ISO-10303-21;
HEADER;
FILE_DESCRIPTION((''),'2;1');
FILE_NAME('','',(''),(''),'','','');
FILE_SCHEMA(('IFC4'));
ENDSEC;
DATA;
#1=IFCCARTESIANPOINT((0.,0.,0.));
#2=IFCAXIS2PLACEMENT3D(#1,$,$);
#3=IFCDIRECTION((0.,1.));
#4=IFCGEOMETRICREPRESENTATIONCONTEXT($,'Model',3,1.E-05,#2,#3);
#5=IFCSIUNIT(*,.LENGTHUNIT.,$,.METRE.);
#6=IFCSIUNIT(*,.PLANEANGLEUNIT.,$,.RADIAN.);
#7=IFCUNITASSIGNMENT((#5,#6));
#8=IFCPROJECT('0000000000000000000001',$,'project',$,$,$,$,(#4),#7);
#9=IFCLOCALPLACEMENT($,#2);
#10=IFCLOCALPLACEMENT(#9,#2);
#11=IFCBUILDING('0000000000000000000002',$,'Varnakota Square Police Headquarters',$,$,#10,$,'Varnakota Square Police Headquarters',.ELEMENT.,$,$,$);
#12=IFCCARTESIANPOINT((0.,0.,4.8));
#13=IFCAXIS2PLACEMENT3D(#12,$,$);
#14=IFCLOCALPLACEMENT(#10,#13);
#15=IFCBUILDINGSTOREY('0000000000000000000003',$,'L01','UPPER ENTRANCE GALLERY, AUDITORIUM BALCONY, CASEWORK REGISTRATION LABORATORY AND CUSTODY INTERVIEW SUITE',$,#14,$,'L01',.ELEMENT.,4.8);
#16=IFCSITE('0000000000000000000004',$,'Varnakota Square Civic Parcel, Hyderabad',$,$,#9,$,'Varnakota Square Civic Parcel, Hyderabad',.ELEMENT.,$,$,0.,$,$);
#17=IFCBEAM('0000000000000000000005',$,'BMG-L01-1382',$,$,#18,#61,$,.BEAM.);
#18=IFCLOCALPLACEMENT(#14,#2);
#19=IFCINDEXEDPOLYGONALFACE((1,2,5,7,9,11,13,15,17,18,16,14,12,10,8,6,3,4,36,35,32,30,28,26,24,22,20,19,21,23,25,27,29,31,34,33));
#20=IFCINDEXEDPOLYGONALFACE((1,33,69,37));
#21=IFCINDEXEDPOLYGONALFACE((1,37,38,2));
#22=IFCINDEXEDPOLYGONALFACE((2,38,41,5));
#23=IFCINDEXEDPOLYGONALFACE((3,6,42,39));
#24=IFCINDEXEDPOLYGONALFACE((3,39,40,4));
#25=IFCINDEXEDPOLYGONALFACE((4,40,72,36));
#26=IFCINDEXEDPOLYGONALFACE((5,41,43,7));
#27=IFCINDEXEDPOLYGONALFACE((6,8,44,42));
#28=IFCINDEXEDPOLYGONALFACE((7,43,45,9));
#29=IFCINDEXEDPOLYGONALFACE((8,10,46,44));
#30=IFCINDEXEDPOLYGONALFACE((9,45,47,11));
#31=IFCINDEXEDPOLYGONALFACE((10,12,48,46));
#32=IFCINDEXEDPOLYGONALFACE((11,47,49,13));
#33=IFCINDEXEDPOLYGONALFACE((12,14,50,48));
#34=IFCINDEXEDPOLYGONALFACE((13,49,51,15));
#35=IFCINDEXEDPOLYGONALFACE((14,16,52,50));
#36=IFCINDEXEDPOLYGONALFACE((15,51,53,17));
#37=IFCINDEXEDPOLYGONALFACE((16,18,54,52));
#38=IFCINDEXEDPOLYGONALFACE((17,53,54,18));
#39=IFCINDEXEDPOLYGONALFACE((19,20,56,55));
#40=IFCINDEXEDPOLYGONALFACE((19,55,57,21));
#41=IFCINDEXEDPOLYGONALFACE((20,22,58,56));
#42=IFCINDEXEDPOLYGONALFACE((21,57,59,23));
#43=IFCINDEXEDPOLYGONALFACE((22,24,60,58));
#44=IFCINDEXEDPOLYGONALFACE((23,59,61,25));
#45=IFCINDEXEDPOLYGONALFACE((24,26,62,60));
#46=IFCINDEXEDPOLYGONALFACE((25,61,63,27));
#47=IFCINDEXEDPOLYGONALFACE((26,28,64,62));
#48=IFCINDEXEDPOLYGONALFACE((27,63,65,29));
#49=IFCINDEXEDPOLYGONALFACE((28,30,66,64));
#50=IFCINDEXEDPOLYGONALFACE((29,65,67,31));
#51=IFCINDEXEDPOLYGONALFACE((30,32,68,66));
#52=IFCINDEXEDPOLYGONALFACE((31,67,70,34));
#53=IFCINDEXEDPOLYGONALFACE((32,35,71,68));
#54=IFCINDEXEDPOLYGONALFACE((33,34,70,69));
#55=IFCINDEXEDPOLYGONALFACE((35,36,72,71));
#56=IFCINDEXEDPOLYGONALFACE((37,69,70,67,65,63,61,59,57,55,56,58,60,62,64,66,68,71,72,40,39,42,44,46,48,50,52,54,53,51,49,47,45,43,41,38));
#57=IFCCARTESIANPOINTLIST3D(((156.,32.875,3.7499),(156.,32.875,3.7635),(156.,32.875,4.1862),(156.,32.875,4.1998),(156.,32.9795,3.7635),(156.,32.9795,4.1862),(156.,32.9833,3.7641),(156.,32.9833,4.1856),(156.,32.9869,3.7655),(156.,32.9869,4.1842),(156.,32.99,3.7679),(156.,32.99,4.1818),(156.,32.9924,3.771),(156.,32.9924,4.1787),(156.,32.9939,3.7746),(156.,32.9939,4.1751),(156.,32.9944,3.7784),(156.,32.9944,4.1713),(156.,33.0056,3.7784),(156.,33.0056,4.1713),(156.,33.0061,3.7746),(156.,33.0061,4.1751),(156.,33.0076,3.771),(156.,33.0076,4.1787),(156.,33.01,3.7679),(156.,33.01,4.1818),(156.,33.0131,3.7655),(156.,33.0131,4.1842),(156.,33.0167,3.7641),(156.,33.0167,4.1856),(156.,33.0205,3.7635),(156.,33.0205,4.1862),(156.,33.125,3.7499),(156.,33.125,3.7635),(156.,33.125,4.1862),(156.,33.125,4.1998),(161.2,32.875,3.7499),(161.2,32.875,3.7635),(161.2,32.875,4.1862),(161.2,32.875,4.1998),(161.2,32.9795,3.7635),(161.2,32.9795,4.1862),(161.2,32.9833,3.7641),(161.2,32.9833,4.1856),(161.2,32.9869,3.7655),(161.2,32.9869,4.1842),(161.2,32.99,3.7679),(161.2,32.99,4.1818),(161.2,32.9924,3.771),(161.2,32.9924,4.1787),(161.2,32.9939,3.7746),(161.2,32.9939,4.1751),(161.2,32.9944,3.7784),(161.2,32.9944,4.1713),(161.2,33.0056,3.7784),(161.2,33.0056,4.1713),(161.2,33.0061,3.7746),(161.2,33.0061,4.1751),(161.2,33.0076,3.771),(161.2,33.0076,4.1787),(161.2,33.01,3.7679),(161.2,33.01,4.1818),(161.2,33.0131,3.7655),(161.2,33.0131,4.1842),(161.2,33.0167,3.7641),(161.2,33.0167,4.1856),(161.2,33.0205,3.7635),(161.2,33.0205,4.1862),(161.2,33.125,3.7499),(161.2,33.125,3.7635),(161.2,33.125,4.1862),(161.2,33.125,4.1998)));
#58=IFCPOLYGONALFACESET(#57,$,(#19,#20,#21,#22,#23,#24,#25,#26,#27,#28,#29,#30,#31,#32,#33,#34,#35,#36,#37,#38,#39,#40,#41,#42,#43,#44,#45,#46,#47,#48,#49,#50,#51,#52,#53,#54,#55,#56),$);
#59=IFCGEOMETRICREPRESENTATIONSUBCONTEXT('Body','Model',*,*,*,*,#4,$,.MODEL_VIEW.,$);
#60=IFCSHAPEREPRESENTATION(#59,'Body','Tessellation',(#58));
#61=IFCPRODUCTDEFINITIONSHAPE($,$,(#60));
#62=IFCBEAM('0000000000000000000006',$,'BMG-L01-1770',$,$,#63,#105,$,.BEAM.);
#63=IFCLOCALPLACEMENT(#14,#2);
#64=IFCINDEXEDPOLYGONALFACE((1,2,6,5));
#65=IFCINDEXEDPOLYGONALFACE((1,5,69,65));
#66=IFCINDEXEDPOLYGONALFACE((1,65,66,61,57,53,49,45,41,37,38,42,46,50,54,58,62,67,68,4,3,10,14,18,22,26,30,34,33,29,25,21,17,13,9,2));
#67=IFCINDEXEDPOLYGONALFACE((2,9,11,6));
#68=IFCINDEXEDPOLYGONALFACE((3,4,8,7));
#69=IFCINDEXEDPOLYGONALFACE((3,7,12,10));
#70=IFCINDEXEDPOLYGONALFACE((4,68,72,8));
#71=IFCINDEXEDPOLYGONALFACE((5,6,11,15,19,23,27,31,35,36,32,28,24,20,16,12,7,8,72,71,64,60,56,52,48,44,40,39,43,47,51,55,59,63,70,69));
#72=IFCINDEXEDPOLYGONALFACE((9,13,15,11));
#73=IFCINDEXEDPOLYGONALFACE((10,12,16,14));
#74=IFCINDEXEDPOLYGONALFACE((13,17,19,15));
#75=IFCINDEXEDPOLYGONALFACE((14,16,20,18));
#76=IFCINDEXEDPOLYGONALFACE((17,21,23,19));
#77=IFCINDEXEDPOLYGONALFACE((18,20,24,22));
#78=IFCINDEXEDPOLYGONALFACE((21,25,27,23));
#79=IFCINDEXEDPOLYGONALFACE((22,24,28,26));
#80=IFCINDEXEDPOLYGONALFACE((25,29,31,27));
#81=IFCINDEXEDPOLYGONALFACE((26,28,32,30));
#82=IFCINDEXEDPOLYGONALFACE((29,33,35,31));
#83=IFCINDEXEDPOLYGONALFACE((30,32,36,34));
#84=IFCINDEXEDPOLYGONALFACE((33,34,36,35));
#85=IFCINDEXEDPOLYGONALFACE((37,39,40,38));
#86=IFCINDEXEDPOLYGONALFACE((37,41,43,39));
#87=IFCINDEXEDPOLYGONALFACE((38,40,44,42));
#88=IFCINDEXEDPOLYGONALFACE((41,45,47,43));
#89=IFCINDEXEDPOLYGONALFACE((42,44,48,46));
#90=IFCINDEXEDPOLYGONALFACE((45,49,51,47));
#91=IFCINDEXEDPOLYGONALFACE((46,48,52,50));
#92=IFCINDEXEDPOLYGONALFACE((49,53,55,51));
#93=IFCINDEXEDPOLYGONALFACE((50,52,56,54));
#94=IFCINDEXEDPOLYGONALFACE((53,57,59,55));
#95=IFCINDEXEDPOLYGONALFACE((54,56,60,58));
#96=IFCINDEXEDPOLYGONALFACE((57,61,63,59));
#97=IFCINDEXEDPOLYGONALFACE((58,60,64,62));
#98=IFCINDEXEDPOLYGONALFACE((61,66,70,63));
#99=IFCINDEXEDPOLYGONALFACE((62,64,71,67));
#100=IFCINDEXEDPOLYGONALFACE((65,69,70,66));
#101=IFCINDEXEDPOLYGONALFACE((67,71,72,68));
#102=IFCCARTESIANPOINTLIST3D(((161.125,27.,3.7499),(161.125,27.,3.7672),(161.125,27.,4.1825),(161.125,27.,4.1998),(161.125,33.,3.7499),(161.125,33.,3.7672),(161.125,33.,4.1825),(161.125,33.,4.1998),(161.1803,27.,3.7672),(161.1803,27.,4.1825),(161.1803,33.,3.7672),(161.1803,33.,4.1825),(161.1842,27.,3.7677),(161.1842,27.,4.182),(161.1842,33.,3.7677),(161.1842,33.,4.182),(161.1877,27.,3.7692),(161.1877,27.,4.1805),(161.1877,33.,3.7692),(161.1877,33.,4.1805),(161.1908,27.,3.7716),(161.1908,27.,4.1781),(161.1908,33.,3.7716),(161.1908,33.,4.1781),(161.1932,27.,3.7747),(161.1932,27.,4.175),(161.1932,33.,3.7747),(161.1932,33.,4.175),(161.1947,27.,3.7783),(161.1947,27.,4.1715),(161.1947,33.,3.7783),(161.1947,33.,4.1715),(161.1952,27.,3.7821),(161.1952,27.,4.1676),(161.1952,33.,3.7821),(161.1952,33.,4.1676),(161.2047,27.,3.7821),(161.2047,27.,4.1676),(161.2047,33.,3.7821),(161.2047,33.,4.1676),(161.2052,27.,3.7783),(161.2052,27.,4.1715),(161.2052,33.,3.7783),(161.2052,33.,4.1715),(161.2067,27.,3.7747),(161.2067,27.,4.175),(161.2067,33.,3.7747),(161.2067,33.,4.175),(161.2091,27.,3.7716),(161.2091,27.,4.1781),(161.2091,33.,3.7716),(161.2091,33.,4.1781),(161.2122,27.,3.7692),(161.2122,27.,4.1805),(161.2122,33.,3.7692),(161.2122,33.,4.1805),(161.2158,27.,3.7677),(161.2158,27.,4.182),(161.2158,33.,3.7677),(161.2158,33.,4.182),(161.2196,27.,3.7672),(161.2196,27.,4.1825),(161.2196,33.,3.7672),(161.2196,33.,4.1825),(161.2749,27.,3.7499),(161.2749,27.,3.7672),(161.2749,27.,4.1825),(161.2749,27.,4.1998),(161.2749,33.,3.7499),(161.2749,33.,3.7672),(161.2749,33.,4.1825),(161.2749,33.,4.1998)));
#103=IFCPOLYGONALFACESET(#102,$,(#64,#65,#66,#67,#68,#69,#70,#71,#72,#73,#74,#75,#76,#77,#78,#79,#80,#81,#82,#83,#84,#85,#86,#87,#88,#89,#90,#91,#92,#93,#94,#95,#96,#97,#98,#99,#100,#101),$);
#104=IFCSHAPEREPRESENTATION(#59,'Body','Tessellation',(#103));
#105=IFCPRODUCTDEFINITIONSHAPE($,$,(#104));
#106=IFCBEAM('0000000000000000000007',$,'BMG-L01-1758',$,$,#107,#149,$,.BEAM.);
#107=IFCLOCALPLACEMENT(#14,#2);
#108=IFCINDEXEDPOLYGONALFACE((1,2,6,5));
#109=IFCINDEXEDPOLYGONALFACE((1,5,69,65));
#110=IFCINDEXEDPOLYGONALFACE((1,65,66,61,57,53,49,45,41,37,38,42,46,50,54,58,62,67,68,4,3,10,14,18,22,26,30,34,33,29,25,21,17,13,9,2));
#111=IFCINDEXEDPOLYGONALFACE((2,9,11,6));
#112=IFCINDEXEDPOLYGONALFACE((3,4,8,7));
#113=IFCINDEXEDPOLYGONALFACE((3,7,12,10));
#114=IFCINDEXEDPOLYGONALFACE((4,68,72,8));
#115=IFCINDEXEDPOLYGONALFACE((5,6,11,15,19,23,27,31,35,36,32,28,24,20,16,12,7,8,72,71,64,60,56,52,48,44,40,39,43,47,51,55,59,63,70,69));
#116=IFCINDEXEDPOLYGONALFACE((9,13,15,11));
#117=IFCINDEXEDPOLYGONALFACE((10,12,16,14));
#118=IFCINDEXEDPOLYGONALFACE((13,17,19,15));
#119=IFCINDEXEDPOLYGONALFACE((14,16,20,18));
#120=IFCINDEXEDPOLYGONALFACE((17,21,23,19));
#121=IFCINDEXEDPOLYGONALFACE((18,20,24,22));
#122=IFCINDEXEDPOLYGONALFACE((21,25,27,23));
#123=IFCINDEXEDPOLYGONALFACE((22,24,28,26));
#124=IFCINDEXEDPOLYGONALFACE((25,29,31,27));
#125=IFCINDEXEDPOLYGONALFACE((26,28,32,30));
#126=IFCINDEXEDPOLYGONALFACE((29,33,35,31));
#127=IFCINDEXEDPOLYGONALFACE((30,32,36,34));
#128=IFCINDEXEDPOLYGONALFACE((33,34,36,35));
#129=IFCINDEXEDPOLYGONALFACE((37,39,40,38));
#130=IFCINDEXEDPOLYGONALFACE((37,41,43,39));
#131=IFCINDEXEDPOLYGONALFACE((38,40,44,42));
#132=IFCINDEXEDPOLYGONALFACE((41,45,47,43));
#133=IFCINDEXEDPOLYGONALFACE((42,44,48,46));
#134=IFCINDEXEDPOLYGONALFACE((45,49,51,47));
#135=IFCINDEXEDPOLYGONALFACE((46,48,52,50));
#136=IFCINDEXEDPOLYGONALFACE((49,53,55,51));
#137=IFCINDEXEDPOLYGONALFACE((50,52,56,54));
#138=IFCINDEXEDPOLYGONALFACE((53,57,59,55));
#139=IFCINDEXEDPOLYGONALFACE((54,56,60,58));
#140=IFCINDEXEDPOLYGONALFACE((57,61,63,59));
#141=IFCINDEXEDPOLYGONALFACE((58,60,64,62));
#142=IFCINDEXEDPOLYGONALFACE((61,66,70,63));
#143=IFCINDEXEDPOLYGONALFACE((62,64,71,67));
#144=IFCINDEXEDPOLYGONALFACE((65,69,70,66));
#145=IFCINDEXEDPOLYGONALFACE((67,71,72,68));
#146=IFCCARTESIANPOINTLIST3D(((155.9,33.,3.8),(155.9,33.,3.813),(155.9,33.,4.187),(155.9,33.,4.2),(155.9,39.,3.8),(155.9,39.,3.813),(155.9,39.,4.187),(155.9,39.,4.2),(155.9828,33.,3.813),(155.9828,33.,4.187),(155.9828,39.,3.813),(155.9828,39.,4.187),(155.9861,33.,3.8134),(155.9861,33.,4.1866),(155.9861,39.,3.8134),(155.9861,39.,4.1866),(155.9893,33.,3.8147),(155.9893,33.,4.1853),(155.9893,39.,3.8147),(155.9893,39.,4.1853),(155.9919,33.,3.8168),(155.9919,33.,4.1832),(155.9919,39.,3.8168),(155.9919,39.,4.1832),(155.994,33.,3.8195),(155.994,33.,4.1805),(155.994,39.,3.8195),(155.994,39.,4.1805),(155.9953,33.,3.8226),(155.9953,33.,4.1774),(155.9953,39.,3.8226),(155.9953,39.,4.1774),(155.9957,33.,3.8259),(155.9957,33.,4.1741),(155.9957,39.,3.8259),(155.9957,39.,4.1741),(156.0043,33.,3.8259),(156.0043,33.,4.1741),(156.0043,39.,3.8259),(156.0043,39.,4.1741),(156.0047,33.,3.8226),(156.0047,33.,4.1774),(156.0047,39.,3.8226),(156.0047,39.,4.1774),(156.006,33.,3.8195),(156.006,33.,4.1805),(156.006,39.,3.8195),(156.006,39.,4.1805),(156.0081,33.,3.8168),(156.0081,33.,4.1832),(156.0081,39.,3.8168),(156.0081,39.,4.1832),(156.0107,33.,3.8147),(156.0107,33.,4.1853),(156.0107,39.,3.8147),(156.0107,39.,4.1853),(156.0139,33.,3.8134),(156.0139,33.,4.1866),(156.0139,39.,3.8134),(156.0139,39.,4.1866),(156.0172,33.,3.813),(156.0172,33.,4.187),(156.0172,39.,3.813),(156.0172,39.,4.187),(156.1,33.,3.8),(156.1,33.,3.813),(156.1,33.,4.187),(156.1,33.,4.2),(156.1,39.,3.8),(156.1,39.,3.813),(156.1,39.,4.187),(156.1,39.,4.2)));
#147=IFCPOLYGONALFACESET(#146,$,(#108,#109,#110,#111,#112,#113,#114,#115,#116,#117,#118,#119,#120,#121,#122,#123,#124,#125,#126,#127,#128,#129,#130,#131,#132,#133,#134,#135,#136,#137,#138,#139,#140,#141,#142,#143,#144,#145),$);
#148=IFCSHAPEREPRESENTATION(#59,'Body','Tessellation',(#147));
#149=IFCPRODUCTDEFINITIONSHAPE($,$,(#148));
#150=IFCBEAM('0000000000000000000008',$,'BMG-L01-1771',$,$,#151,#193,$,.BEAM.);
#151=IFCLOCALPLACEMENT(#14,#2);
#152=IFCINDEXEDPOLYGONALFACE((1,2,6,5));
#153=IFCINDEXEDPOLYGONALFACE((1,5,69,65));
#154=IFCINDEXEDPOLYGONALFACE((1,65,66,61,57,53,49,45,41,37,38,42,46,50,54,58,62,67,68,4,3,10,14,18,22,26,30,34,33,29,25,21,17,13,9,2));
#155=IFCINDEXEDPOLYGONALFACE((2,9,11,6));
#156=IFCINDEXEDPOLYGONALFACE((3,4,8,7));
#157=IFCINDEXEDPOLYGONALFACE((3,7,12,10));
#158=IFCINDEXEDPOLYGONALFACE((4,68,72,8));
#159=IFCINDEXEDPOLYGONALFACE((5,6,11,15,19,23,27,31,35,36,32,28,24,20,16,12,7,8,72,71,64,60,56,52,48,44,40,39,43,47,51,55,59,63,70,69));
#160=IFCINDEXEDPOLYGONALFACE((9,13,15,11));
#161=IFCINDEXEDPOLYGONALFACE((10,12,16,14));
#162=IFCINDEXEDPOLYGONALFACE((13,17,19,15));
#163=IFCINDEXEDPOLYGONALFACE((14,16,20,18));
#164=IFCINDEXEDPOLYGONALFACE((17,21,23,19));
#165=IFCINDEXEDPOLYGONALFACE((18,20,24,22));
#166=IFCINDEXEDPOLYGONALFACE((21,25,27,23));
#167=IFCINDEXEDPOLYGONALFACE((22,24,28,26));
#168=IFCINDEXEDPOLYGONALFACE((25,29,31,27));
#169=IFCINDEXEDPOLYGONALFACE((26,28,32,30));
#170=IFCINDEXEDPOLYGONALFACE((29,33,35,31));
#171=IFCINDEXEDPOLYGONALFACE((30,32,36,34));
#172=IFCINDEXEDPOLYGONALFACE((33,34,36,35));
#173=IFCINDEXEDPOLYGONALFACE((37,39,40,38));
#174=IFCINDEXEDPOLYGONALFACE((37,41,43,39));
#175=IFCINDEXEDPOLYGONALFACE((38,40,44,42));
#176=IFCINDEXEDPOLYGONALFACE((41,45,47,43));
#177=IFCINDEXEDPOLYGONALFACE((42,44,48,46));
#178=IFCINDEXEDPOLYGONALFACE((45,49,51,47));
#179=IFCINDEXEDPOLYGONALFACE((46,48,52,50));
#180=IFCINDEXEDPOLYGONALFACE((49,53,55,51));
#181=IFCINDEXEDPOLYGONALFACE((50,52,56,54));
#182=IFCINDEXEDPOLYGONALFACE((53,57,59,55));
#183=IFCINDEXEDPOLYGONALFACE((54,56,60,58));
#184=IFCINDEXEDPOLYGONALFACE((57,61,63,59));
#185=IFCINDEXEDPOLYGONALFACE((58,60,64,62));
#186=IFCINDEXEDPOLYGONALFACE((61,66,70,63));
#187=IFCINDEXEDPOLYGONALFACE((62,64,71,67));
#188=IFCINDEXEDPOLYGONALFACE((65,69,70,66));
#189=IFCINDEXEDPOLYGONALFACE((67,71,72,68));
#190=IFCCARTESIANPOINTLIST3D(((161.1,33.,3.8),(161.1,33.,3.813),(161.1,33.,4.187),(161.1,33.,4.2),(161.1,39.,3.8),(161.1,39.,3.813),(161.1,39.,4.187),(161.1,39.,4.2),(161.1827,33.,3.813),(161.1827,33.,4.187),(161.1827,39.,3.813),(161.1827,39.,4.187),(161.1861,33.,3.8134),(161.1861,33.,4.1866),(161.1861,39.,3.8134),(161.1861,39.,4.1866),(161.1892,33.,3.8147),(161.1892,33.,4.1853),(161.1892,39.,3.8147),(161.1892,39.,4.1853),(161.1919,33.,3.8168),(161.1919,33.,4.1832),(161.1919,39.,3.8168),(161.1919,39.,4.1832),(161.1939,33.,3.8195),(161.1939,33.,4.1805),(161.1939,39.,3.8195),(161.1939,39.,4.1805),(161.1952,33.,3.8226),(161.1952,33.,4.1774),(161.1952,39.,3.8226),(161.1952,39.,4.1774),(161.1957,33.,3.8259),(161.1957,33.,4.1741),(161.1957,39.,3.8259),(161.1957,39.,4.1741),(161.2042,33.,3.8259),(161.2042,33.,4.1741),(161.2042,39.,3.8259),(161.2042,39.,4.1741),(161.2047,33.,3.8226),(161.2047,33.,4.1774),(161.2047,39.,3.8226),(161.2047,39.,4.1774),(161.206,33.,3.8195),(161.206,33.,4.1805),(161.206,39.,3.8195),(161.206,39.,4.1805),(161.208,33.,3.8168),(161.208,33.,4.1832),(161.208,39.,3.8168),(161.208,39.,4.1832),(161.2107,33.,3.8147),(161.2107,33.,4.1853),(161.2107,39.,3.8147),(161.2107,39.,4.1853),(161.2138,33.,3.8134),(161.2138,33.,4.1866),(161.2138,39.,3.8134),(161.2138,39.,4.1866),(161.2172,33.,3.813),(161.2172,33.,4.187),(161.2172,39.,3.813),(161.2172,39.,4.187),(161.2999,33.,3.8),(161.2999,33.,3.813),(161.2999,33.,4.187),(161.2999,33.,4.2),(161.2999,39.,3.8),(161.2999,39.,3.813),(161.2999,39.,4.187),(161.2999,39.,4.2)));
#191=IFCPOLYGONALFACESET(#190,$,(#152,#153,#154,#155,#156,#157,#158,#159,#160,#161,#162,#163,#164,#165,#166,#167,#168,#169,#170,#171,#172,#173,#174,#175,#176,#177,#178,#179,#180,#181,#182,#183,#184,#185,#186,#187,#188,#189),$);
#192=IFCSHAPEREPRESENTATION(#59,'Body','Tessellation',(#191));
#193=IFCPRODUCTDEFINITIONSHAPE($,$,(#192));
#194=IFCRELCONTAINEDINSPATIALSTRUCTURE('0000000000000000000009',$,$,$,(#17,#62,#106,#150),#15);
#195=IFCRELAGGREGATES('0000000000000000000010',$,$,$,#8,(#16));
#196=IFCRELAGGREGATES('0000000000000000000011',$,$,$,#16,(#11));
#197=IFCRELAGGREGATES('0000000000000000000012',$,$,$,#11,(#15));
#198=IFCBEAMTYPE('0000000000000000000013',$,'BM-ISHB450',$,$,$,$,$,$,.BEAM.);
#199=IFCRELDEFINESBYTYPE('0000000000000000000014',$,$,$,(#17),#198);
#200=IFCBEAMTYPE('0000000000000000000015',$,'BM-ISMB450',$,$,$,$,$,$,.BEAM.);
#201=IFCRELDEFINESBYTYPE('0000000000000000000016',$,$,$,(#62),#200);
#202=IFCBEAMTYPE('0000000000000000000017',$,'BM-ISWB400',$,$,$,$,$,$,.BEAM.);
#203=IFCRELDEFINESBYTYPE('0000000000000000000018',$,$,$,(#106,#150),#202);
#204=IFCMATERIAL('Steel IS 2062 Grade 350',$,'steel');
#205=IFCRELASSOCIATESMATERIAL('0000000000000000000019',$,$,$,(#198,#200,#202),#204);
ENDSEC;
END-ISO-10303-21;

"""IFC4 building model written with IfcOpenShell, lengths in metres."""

from ifc_helpers import new_model, si_unit, direction, frame, origin, origin_2d, place, context, subcontext, project, spatial, i_section, extrude, material, material_profile, profile_set, type_object, element, save


model = new_model("IFC4")

# Units and contexts
model_context = context("Model", 3, precision=1e-05, world=origin(), true_north=direction((0.0, 1.0)))
body_context = subcontext(model_context, "Body", "Model", "MODEL_VIEW")
ifc_project = project(units=[si_unit("LENGTHUNIT", "METRE"), si_unit("PLANEANGLEUNIT", "RADIAN")], contexts=[model_context])

# Site, building, storey
site_placement = place(None, origin())
site = spatial("IfcSite", under=ifc_project, at=site_placement, Name="Varnakota Square Civic Parcel, Hyderabad", LongName="Varnakota Square Civic Parcel, Hyderabad", CompositionType="ELEMENT", RefElevation=0.0)
building_placement = place(site_placement, origin())
building = spatial("IfcBuilding", under=site, at=building_placement, Name="Varnakota Square Police Headquarters", LongName="Varnakota Square Police Headquarters", CompositionType="ELEMENT")
storey_placement = place(building_placement, frame((0.0, 0.0, 4.8)))
storey = spatial("IfcBuildingStorey", under=building, at=storey_placement, Name="L01", Description="UPPER ENTRANCE GALLERY, AUDITORIUM BALCONY, CASEWORK REGISTRATION LABORATORY AND CUSTODY INTERVIEW SUITE", LongName="L01", CompositionType="ELEMENT", Elevation=4.8)

# Shared definitions
ifc_material_1 = material(Name="Steel IS 2062 Grade 350", Category="steel")

# Beams
ifc_material_profile_1 = material_profile(ifc_material_1, i_section(OverallWidth=0.25, OverallDepth=0.45, WebThickness=0.0112, FlangeThickness=0.0137, FilletRadius=0.0149, at=origin_2d()), Name="ISHB 450")
ifc_profile_set_1 = profile_set([ifc_material_profile_1], Name="Steel IS 2062 Grade 350")
beam_type_1 = type_object("IfcBeamType", Name="BM-ISHB450", PredefinedType="BEAM", material=ifc_profile_set_1)
for number, where, z_axis, x_axis, name in (
    (1, (156.0, 33.0, 3.9749), (1.0, 0.0, 0.0), (0.0, 1.0, 0.0), "BMG-L01-1382"),
):
    element("IfcBeam", number, at=place(storey_placement, frame(where, z_axis=z_axis, x_axis=x_axis)), inside=storey, type_object=beam_type_1, Name=name, PredefinedType="BEAM", context=body_context, shape_type="SweptSolid", body=[
        extrude(i_section(OverallWidth=0.25, OverallDepth=0.45, WebThickness=0.0112, FlangeThickness=0.0137, FilletRadius=0.0149, at=origin_2d()), origin(), (0.0, 0.0, 1.0), 5.2),
    ])
ifc_material_profile_2 = material_profile(ifc_material_1, i_section(OverallWidth=0.1499, OverallDepth=0.45, WebThickness=0.0095, FlangeThickness=0.0173, FilletRadius=0.0149, at=origin_2d()), Name="ISMB 450")
ifc_profile_set_2 = profile_set([ifc_material_profile_2], Name="Steel IS 2062 Grade 350")
beam_type_2 = type_object("IfcBeamType", Name="BM-ISMB450", PredefinedType="BEAM", material=ifc_profile_set_2)
beam_placement = place(storey_placement, frame((161.2, 27.0, 3.9749), z_axis=(0.0, 1.0, 0.0), x_axis=(-1.0, 0.0, 0.0)))
element("IfcBeam", 2, at=beam_placement, inside=storey, type_object=beam_type_2, Name="BMG-L01-1770", PredefinedType="BEAM", context=body_context, shape_type="SweptSolid", body=[
    extrude(i_section(OverallWidth=0.1499, OverallDepth=0.45, WebThickness=0.0095, FlangeThickness=0.0173, FilletRadius=0.0149, at=origin_2d()), origin(), (0.0, 0.0, 1.0), 6.0),
])
ifc_material_profile_3 = material_profile(ifc_material_1, i_section(OverallWidth=0.2, OverallDepth=0.3999, WebThickness=0.0085, FlangeThickness=0.0129, FilletRadius=0.0129, at=origin_2d()), Name="ISWB 400")
ifc_profile_set_3 = profile_set([ifc_material_profile_3], Name="Steel IS 2062 Grade 350")
beam_type_3 = type_object("IfcBeamType", Name="BM-ISWB400", PredefinedType="BEAM", material=ifc_profile_set_3)
for number, where, z_axis, x_axis, name in (
    (3, (156.0, 33.0, 4.0), (0.0, 1.0, 0.0), (-1.0, 0.0, 0.0), "BMG-L01-1758"),
    (4, (161.2, 33.0, 4.0), (0.0, 1.0, 0.0), (-1.0, 0.0, 0.0), "BMG-L01-1771"),
):
    element("IfcBeam", number, at=place(storey_placement, frame(where, z_axis=z_axis, x_axis=x_axis)), inside=storey, type_object=beam_type_3, Name=name, PredefinedType="BEAM", context=body_context, shape_type="SweptSolid", body=[
        extrude(i_section(OverallWidth=0.2, OverallDepth=0.3999, WebThickness=0.0085, FlangeThickness=0.0129, FilletRadius=0.0129, at=origin_2d()), origin(), (0.0, 0.0, 1.0), 6.0),
    ])

save(model, "model.ifc")
